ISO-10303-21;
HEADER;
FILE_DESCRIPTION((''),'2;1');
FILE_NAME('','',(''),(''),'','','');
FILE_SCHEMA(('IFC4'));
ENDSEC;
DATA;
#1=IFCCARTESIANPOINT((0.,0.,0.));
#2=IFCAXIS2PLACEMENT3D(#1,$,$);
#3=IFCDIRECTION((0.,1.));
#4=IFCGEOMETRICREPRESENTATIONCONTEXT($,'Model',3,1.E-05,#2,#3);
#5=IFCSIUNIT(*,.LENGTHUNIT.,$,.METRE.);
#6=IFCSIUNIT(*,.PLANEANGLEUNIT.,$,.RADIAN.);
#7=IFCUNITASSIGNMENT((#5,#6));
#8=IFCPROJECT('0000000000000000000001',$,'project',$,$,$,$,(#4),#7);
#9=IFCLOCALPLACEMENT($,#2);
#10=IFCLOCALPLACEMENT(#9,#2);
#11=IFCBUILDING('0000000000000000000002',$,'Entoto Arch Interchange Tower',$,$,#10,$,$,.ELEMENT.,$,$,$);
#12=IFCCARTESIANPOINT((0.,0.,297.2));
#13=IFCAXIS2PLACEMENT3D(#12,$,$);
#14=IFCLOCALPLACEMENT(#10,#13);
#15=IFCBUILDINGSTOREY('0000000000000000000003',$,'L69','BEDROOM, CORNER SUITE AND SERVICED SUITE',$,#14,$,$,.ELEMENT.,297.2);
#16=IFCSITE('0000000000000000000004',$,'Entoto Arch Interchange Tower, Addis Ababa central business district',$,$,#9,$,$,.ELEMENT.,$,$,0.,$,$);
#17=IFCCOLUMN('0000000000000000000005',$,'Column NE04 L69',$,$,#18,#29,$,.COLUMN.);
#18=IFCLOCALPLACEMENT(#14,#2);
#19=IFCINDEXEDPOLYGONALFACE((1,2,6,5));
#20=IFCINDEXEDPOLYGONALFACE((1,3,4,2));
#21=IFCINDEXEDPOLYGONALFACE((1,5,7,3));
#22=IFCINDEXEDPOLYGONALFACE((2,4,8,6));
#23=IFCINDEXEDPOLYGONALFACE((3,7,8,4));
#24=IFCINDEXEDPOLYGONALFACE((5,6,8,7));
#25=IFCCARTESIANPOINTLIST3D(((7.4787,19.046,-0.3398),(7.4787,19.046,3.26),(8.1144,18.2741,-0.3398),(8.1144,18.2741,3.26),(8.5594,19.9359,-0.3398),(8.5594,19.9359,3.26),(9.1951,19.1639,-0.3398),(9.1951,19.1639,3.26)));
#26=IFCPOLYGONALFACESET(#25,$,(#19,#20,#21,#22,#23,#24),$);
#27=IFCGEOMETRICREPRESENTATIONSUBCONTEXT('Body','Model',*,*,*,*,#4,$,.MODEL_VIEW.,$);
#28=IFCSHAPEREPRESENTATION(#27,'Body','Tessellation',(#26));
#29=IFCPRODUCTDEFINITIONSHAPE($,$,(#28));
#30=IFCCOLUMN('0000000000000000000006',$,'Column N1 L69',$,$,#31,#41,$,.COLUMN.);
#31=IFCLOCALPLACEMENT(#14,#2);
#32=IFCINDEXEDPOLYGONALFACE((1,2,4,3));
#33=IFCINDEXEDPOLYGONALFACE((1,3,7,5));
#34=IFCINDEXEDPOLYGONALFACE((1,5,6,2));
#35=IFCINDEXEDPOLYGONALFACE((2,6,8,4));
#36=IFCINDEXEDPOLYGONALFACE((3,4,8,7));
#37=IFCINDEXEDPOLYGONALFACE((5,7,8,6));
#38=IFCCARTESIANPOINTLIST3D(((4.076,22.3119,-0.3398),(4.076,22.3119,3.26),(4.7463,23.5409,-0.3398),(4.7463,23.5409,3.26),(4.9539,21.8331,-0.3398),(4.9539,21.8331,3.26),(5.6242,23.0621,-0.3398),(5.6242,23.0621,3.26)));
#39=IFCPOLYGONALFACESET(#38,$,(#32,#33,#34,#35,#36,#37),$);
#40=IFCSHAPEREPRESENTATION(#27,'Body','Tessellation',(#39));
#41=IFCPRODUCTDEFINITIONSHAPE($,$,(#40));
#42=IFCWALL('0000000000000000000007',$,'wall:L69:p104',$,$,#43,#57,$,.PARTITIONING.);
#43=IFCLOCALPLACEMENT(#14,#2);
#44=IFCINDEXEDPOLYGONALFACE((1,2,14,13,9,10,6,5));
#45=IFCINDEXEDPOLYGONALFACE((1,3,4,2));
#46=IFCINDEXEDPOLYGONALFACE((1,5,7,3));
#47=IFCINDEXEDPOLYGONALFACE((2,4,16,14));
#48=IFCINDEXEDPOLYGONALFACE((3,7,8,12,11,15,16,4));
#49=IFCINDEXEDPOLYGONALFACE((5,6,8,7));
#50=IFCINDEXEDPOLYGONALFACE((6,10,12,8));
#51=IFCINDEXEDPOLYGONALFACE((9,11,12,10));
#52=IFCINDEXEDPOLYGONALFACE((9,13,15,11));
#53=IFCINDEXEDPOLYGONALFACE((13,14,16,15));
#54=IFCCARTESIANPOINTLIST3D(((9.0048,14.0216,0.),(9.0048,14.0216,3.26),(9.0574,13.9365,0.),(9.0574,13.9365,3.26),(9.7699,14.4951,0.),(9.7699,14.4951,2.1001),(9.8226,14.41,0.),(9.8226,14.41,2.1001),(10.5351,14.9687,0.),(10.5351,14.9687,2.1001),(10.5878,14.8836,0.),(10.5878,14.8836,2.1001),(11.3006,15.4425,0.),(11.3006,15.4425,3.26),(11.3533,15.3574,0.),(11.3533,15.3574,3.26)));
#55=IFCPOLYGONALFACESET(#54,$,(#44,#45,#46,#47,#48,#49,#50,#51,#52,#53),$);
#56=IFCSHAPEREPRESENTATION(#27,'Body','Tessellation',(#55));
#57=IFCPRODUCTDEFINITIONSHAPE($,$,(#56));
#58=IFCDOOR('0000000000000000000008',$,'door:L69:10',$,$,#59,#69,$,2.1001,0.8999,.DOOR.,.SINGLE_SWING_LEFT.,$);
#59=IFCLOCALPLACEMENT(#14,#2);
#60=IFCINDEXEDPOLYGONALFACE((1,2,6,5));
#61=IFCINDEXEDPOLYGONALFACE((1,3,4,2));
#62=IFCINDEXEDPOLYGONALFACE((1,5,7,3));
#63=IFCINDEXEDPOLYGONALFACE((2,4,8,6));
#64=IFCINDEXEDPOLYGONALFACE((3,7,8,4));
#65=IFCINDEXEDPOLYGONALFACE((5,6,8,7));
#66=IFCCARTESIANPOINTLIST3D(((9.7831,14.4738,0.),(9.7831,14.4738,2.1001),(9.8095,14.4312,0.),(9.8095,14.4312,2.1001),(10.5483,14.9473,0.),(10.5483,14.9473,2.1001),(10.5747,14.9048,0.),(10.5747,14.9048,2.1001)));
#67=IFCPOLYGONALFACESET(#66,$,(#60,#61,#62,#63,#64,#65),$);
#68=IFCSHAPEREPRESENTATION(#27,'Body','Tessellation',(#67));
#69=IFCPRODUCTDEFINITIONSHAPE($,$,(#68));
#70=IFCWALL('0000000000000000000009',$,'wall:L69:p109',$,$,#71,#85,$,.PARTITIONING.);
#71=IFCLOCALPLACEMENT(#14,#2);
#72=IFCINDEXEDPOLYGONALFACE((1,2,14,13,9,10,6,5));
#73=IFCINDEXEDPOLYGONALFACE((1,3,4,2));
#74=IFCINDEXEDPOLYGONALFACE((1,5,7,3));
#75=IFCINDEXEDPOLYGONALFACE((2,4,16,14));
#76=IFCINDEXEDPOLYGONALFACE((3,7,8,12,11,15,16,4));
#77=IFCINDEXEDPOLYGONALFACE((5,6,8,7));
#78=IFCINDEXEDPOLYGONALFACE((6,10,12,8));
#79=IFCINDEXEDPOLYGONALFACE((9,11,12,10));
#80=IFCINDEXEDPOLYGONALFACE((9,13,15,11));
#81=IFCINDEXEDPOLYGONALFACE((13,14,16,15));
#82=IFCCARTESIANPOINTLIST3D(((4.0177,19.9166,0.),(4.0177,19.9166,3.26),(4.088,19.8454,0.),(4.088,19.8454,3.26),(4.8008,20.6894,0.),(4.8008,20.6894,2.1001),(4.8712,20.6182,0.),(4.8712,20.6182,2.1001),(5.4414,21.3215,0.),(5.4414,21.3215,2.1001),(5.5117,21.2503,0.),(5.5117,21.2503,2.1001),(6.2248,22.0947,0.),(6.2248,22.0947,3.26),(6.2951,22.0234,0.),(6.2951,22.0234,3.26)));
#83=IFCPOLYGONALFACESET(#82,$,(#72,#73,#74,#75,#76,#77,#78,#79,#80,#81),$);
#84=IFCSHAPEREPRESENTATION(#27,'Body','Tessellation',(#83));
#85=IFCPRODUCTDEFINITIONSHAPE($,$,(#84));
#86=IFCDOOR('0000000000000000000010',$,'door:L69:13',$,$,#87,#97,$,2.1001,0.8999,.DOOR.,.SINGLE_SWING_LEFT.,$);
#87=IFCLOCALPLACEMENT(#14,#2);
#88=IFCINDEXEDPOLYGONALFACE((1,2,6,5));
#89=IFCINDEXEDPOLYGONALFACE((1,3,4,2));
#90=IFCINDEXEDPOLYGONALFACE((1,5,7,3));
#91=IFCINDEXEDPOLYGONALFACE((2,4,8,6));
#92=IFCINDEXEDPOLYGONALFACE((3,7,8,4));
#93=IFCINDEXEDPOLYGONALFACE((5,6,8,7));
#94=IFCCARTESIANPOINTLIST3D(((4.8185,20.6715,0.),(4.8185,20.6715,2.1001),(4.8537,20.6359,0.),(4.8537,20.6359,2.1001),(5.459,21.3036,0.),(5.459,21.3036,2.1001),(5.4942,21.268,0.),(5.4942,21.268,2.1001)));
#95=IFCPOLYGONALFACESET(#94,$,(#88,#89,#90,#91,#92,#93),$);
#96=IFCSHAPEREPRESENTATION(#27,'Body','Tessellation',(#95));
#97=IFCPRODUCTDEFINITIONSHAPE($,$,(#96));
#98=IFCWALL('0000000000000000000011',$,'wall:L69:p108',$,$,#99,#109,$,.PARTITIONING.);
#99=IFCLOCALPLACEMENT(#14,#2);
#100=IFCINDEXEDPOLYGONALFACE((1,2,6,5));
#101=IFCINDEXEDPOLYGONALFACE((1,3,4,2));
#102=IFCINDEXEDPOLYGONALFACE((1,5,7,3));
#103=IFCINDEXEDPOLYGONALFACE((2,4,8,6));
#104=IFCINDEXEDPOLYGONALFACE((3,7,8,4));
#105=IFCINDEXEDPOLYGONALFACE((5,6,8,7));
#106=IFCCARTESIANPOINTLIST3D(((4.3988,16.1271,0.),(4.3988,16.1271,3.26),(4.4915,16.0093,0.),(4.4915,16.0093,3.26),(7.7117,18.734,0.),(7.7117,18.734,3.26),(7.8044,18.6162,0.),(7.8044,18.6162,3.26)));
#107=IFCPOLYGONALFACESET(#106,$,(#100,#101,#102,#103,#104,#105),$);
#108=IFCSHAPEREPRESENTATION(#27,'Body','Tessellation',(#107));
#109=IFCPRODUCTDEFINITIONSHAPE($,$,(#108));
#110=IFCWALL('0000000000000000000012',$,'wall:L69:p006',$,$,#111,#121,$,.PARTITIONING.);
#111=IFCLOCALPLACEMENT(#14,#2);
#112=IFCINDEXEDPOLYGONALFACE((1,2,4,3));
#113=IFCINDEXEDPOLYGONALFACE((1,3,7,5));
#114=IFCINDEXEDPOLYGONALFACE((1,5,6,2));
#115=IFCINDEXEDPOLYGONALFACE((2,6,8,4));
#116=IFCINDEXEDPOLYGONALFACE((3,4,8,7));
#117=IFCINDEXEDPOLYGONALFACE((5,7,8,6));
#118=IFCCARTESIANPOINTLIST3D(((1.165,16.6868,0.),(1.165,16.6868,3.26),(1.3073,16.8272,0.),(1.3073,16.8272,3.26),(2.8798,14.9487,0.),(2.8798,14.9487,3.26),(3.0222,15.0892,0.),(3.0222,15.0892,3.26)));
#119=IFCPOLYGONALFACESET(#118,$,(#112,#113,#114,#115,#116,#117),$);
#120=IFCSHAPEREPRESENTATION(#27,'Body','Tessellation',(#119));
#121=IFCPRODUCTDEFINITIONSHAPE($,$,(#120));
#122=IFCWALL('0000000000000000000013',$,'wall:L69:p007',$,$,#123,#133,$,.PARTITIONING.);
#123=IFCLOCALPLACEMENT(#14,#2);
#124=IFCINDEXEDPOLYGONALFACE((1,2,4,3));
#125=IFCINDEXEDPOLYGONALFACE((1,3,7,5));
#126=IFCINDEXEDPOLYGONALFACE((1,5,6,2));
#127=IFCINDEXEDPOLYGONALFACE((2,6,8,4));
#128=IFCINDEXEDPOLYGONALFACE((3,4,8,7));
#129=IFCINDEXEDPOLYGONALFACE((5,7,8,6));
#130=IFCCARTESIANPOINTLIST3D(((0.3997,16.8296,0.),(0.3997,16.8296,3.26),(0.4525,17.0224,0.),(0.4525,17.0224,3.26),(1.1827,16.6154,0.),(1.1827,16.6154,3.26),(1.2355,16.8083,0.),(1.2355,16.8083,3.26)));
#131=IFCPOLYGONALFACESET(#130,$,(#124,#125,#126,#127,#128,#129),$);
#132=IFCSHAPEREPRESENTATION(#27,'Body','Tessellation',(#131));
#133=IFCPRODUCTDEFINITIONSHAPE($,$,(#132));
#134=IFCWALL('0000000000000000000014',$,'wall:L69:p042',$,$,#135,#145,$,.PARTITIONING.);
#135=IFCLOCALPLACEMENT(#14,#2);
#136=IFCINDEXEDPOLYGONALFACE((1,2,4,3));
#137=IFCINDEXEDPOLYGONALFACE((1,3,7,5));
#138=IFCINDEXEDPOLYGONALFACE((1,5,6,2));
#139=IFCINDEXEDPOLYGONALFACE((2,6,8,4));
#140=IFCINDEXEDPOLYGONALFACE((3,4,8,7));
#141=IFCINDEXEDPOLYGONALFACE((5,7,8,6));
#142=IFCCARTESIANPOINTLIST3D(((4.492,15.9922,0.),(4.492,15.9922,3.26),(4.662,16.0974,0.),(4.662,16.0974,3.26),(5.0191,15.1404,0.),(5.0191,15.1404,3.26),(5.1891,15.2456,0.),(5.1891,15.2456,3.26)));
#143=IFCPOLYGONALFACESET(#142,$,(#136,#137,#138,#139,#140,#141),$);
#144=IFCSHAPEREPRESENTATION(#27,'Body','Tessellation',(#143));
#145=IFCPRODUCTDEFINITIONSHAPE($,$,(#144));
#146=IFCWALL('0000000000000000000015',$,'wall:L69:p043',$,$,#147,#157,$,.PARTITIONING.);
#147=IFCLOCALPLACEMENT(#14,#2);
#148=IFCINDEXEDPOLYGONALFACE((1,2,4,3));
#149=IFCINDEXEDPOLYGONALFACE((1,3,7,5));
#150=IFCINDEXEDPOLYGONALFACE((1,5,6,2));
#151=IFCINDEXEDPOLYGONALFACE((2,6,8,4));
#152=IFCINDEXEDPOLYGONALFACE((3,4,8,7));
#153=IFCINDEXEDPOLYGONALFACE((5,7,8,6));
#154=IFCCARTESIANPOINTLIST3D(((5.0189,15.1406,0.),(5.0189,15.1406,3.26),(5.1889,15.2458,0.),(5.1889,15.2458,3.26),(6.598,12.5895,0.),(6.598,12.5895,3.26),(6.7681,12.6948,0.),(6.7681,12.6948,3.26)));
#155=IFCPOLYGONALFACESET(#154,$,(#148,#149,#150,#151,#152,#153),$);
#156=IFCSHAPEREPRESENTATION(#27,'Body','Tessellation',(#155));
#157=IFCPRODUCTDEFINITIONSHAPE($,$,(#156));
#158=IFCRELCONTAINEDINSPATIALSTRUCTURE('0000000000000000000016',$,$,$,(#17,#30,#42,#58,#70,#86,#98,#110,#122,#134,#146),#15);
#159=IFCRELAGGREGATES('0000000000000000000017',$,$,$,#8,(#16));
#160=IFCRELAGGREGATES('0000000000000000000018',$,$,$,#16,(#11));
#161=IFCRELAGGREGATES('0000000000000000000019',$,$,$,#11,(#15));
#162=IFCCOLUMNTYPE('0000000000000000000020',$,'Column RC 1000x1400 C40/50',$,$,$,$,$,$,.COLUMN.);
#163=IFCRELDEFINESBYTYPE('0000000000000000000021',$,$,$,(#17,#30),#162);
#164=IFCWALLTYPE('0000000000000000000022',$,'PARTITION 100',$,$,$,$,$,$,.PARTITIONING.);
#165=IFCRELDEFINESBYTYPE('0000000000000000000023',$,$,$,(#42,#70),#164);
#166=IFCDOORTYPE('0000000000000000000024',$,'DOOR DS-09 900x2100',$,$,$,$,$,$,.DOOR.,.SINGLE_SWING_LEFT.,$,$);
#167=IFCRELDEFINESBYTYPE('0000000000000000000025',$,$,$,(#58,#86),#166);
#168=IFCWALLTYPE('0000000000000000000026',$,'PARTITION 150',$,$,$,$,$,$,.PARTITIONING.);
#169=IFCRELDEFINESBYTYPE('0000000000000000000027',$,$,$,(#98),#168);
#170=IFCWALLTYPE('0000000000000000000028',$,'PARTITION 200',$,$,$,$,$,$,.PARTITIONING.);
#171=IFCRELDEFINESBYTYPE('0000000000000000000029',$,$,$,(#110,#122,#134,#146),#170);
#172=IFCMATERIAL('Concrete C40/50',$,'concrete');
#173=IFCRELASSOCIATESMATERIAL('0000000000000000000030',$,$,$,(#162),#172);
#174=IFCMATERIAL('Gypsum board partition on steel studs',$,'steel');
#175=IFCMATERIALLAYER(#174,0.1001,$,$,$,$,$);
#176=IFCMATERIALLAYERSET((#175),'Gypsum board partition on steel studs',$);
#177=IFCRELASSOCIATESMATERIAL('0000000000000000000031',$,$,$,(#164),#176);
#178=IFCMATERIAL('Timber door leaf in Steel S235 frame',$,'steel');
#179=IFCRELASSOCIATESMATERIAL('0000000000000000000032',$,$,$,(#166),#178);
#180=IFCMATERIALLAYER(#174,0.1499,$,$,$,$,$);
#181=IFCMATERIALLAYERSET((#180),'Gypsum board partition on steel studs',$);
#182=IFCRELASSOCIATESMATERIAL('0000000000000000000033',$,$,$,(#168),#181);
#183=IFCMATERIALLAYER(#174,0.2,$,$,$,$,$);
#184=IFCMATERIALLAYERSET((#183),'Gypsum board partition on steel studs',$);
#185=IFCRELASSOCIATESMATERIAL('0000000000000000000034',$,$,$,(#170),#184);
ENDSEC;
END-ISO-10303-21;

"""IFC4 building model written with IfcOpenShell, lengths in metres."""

from ifc_helpers import new_model, si_unit, direction, frame, frame_2d, origin, origin_2d, place, context, subcontext, project, spatial, rectangle, extrude, material, layer, layer_set, material_profile, profile_set, type_object, element, fill, save


model = new_model("IFC4")

# Units and contexts
model_context = context("Model", 3, precision=1e-05, world=origin(), true_north=direction((0.0, 1.0)))
body_context = subcontext(model_context, "Body", "Model", "MODEL_VIEW")
ifc_project = project(units=[si_unit("LENGTHUNIT", "METRE"), si_unit("PLANEANGLEUNIT", "RADIAN")], contexts=[model_context])

# Site, building, storey
site_placement = place(None, origin())
site = spatial("IfcSite", under=ifc_project, at=site_placement, Name="Entoto Arch Interchange Tower, Addis Ababa central business district", CompositionType="ELEMENT", RefElevation=0.0)
building_placement = place(site_placement, origin())
building = spatial("IfcBuilding", under=site, at=building_placement, Name="Entoto Arch Interchange Tower", CompositionType="ELEMENT")
storey_placement = place(building_placement, frame((0.0, 0.0, 297.2)))
storey = spatial("IfcBuildingStorey", under=building, at=storey_placement, Name="L69", Description="BEDROOM, CORNER SUITE AND SERVICED SUITE", CompositionType="ELEMENT", Elevation=297.2)

# Columns
ifc_material_1 = material(Name="Concrete C40/50", Category="concrete")
ifc_material_profile = material_profile(ifc_material_1, rectangle(XDim=1.0, YDim=1.3999, at=origin_2d()))
ifc_profile_set = profile_set([ifc_material_profile], Name="Concrete C40/50")
column_type = type_object("IfcColumnType", Name="Column RC 1000x1400 C40/50", PredefinedType="COLUMN", material=ifc_profile_set)
for number, where, z_axis, x_axis, name in (
    (1, (8.3369, 19.105, -0.3398), (0.0, 0.0, 1.0), (-0.635647, 0.77198, 0.0), "Column NE04 L69"),
    (2, (4.8501, 22.687, -0.3398), (0.0, 0.0, 1.0), (-0.877899, 0.478845, 0.0), "Column N1 L69"),
):
    element("IfcColumn", number, at=place(storey_placement, frame(where, z_axis=z_axis, x_axis=x_axis)), inside=storey, type_object=column_type, Name=name, PredefinedType="COLUMN", context=body_context, shape_type="SweptSolid", body=[
        extrude(rectangle(XDim=1.0, YDim=1.3999, at=origin_2d()), origin(), (0.0, 0.0, 1.0), 3.5999),
    ])

# Walls, openings, doors
ifc_material_2 = material(Name="Gypsum board partition on steel studs", Category="steel")
ifc_layer_1 = layer(ifc_material_2, 0.1001)
ifc_layer_set_1 = layer_set([ifc_layer_1], Name="Gypsum board partition on steel studs")
wall_type_1 = type_object("IfcWallType", Name="PARTITION 100", PredefinedType="PARTITIONING", material=ifc_layer_set_1)
wall_1_placement = place(storey_placement, frame((9.031, 13.979, 0.0), z_axis=(0.0, 0.0, 1.0), x_axis=(0.850327, 0.526255, 0.0)))
wall_1 = element("IfcWall", 3, at=wall_1_placement, inside=storey, type_object=wall_type_1, Name="wall:L69:p104", PredefinedType="PARTITIONING", context=body_context, shape_type="SweptSolid", body=[
    extrude(rectangle(XDim=2.7, YDim=0.1001, at=frame_2d((1.3501, 0.0))), origin(), (0.0, 0.0, 1.0), 3.26),
])
opening_1_placement = place(wall_1_placement, frame((0.8999, 0.0, 0.0)))
opening_1 = element("IfcOpeningElement", 4, at=opening_1_placement, cuts=wall_1, PredefinedType="OPENING", context=body_context, shape_type="SweptSolid", body=[
    extrude(rectangle(XDim=0.8999, YDim=2.1001, at=frame_2d((0.45, 1.05))), frame((0.0, 0.0601, 0.0), z_axis=(0.0, -1.0, 0.0), x_axis=(1.0, 0.0, 0.0)), (0.0, 0.0, 1.0), 0.1201),
])
ifc_material_3 = material(Name="Timber door leaf in Steel S235 frame", Category="steel")
door_type_1 = type_object("IfcDoorType", Name="DOOR DS-09 900x2100", OperationType="SINGLE_SWING_LEFT", PredefinedType="DOOR", material=ifc_material_3)
door_1_placement = place(opening_1_placement, origin())
door_1 = element("IfcDoor", 5, at=door_1_placement, inside=storey, type_object=door_type_1, Name="door:L69:10", OperationType="SINGLE_SWING_LEFT", OverallHeight=2.1001, OverallWidth=0.8999, PredefinedType="DOOR", context=body_context, shape_type="SweptSolid", body=[
    extrude(rectangle(XDim=0.8999, YDim=2.1001, at=frame_2d((0.45, 1.05))), frame((0.0, 0.0249, 0.0), z_axis=(0.0, -1.0, 0.0), x_axis=(1.0, 0.0, 0.0)), (0.0, 0.0, 1.0), 0.05),
])
fill(opening_1, door_1)
wall_2_placement = place(storey_placement, frame((4.053, 19.8811, 0.0), z_axis=(0.0, 0.0, 1.0), x_axis=(0.711776, 0.702406, 0.0)))
wall_2 = element("IfcWall", 6, at=wall_2_placement, inside=storey, type_object=wall_type_1, Name="wall:L69:p109", PredefinedType="PARTITIONING", context=body_context, shape_type="SweptSolid", body=[
    extrude(rectangle(XDim=3.1008, YDim=0.1001, at=frame_2d((1.5503, 0.0))), origin(), (0.0, 0.0, 1.0), 3.26),
])
opening_2_placement = place(wall_2_placement, frame((1.1001, 0.0, 0.0)))
opening_2 = element("IfcOpeningElement", 7, at=opening_2_placement, cuts=wall_2, PredefinedType="OPENING", context=body_context, shape_type="SweptSolid", body=[
    extrude(rectangle(XDim=0.8999, YDim=2.1001, at=frame_2d((0.45, 1.05))), frame((0.0, 0.0601, 0.0), z_axis=(0.0, -1.0, 0.0), x_axis=(1.0, 0.0, 0.0)), (0.0, 0.0, 1.0), 0.1201),
])
door_2_placement = place(opening_2_placement, origin())
door_2 = element("IfcDoor", 8, at=door_2_placement, inside=storey, type_object=door_type_1, Name="door:L69:13", OperationType="SINGLE_SWING_LEFT", OverallHeight=2.1001, OverallWidth=0.8999, PredefinedType="DOOR", context=body_context, shape_type="SweptSolid", body=[
    extrude(rectangle(XDim=0.8999, YDim=2.1001, at=frame_2d((0.45, 1.05))), frame((0.0, 0.0249, 0.0), z_axis=(0.0, -1.0, 0.0), x_axis=(1.0, 0.0, 0.0)), (0.0, 0.0, 1.0), 0.05),
])
fill(opening_2, door_2)

# Walls
ifc_layer_2 = layer(ifc_material_2, 0.1499)
ifc_layer_set_2 = layer_set([ifc_layer_2], Name="Gypsum board partition on steel studs")
wall_type_2 = type_object("IfcWallType", Name="PARTITION 150", PredefinedType="PARTITIONING", material=ifc_layer_set_2)
wall_3_placement = place(storey_placement, frame((4.4451, 16.0681, 0.0), z_axis=(0.0, 0.0, 1.0), x_axis=(0.785872, 0.618389, 0.0)))
element("IfcWall", 9, at=wall_3_placement, inside=storey, type_object=wall_type_2, Name="wall:L69:p108", PredefinedType="PARTITIONING", context=body_context, shape_type="SweptSolid", body=[
    extrude(rectangle(XDim=4.2156, YDim=0.1499, at=frame_2d((2.1079, 0.0))), origin(), (0.0, 0.0, 1.0), 3.26),
])
ifc_layer_3 = layer(ifc_material_2, 0.2)
ifc_layer_set_3 = layer_set([ifc_layer_3], Name="Gypsum board partition on steel studs")
wall_type_3 = type_object("IfcWallType", Name="PARTITION 200", PredefinedType="PARTITIONING", material=ifc_layer_set_3)
wall_4_placement = place(storey_placement, frame((2.9509, 15.019, 0.0), z_axis=(0.0, 0.0, 1.0), x_axis=(-0.702341, 0.71184, 0.0)))
element("IfcWall", 10, at=wall_4_placement, inside=storey, type_object=wall_type_3, Name="wall:L69:p006", PredefinedType="PARTITIONING", context=body_context, shape_type="SweptSolid", body=[
    extrude(rectangle(XDim=2.4417, YDim=0.2, at=frame_2d((1.2207, 0.0))), origin(), (0.0, 0.0, 1.0), 3.26),
])
wall_5_placement = place(storey_placement, frame((1.209, 16.7119, 0.0), z_axis=(0.0, 0.0, 1.0), x_axis=(-0.964583, 0.263779, 0.0)))
element("IfcWall", 11, at=wall_5_placement, inside=storey, type_object=wall_type_3, Name="wall:L69:p007", PredefinedType="PARTITIONING", context=body_context, shape_type="SweptSolid", body=[
    extrude(rectangle(XDim=0.8118, YDim=0.2, at=frame_2d((0.4058, 0.0))), origin(), (0.0, 0.0, 1.0), 3.26),
])
wall_6_placement = place(storey_placement, frame((4.5769, 16.0449, 0.0), z_axis=(0.0, 0.0, 1.0), x_axis=(0.526204, -0.850359, 0.0)))
element("IfcWall", 12, at=wall_6_placement, inside=storey, type_object=wall_type_3, Name="wall:L69:p042", PredefinedType="PARTITIONING", context=body_context, shape_type="SweptSolid", body=[
    extrude(rectangle(XDim=1.0017, YDim=0.2, at=frame_2d((0.501, 0.0))), origin(), (0.0, 0.0, 1.0), 3.26),
])
wall_7_placement = place(storey_placement, frame((5.104, 15.1931, 0.0), z_axis=(0.0, 0.0, 1.0), x_axis=(0.526329, -0.850281, 0.0)))
element("IfcWall", 13, at=wall_7_placement, inside=storey, type_object=wall_type_3, Name="wall:L69:p043", PredefinedType="PARTITIONING", context=body_context, shape_type="SweptSolid", body=[
    extrude(rectangle(XDim=3.0002, YDim=0.2, at=frame_2d((1.5, 0.0))), origin(), (0.0, 0.0, 1.0), 3.26),
])

save(model, "model.ifc")
